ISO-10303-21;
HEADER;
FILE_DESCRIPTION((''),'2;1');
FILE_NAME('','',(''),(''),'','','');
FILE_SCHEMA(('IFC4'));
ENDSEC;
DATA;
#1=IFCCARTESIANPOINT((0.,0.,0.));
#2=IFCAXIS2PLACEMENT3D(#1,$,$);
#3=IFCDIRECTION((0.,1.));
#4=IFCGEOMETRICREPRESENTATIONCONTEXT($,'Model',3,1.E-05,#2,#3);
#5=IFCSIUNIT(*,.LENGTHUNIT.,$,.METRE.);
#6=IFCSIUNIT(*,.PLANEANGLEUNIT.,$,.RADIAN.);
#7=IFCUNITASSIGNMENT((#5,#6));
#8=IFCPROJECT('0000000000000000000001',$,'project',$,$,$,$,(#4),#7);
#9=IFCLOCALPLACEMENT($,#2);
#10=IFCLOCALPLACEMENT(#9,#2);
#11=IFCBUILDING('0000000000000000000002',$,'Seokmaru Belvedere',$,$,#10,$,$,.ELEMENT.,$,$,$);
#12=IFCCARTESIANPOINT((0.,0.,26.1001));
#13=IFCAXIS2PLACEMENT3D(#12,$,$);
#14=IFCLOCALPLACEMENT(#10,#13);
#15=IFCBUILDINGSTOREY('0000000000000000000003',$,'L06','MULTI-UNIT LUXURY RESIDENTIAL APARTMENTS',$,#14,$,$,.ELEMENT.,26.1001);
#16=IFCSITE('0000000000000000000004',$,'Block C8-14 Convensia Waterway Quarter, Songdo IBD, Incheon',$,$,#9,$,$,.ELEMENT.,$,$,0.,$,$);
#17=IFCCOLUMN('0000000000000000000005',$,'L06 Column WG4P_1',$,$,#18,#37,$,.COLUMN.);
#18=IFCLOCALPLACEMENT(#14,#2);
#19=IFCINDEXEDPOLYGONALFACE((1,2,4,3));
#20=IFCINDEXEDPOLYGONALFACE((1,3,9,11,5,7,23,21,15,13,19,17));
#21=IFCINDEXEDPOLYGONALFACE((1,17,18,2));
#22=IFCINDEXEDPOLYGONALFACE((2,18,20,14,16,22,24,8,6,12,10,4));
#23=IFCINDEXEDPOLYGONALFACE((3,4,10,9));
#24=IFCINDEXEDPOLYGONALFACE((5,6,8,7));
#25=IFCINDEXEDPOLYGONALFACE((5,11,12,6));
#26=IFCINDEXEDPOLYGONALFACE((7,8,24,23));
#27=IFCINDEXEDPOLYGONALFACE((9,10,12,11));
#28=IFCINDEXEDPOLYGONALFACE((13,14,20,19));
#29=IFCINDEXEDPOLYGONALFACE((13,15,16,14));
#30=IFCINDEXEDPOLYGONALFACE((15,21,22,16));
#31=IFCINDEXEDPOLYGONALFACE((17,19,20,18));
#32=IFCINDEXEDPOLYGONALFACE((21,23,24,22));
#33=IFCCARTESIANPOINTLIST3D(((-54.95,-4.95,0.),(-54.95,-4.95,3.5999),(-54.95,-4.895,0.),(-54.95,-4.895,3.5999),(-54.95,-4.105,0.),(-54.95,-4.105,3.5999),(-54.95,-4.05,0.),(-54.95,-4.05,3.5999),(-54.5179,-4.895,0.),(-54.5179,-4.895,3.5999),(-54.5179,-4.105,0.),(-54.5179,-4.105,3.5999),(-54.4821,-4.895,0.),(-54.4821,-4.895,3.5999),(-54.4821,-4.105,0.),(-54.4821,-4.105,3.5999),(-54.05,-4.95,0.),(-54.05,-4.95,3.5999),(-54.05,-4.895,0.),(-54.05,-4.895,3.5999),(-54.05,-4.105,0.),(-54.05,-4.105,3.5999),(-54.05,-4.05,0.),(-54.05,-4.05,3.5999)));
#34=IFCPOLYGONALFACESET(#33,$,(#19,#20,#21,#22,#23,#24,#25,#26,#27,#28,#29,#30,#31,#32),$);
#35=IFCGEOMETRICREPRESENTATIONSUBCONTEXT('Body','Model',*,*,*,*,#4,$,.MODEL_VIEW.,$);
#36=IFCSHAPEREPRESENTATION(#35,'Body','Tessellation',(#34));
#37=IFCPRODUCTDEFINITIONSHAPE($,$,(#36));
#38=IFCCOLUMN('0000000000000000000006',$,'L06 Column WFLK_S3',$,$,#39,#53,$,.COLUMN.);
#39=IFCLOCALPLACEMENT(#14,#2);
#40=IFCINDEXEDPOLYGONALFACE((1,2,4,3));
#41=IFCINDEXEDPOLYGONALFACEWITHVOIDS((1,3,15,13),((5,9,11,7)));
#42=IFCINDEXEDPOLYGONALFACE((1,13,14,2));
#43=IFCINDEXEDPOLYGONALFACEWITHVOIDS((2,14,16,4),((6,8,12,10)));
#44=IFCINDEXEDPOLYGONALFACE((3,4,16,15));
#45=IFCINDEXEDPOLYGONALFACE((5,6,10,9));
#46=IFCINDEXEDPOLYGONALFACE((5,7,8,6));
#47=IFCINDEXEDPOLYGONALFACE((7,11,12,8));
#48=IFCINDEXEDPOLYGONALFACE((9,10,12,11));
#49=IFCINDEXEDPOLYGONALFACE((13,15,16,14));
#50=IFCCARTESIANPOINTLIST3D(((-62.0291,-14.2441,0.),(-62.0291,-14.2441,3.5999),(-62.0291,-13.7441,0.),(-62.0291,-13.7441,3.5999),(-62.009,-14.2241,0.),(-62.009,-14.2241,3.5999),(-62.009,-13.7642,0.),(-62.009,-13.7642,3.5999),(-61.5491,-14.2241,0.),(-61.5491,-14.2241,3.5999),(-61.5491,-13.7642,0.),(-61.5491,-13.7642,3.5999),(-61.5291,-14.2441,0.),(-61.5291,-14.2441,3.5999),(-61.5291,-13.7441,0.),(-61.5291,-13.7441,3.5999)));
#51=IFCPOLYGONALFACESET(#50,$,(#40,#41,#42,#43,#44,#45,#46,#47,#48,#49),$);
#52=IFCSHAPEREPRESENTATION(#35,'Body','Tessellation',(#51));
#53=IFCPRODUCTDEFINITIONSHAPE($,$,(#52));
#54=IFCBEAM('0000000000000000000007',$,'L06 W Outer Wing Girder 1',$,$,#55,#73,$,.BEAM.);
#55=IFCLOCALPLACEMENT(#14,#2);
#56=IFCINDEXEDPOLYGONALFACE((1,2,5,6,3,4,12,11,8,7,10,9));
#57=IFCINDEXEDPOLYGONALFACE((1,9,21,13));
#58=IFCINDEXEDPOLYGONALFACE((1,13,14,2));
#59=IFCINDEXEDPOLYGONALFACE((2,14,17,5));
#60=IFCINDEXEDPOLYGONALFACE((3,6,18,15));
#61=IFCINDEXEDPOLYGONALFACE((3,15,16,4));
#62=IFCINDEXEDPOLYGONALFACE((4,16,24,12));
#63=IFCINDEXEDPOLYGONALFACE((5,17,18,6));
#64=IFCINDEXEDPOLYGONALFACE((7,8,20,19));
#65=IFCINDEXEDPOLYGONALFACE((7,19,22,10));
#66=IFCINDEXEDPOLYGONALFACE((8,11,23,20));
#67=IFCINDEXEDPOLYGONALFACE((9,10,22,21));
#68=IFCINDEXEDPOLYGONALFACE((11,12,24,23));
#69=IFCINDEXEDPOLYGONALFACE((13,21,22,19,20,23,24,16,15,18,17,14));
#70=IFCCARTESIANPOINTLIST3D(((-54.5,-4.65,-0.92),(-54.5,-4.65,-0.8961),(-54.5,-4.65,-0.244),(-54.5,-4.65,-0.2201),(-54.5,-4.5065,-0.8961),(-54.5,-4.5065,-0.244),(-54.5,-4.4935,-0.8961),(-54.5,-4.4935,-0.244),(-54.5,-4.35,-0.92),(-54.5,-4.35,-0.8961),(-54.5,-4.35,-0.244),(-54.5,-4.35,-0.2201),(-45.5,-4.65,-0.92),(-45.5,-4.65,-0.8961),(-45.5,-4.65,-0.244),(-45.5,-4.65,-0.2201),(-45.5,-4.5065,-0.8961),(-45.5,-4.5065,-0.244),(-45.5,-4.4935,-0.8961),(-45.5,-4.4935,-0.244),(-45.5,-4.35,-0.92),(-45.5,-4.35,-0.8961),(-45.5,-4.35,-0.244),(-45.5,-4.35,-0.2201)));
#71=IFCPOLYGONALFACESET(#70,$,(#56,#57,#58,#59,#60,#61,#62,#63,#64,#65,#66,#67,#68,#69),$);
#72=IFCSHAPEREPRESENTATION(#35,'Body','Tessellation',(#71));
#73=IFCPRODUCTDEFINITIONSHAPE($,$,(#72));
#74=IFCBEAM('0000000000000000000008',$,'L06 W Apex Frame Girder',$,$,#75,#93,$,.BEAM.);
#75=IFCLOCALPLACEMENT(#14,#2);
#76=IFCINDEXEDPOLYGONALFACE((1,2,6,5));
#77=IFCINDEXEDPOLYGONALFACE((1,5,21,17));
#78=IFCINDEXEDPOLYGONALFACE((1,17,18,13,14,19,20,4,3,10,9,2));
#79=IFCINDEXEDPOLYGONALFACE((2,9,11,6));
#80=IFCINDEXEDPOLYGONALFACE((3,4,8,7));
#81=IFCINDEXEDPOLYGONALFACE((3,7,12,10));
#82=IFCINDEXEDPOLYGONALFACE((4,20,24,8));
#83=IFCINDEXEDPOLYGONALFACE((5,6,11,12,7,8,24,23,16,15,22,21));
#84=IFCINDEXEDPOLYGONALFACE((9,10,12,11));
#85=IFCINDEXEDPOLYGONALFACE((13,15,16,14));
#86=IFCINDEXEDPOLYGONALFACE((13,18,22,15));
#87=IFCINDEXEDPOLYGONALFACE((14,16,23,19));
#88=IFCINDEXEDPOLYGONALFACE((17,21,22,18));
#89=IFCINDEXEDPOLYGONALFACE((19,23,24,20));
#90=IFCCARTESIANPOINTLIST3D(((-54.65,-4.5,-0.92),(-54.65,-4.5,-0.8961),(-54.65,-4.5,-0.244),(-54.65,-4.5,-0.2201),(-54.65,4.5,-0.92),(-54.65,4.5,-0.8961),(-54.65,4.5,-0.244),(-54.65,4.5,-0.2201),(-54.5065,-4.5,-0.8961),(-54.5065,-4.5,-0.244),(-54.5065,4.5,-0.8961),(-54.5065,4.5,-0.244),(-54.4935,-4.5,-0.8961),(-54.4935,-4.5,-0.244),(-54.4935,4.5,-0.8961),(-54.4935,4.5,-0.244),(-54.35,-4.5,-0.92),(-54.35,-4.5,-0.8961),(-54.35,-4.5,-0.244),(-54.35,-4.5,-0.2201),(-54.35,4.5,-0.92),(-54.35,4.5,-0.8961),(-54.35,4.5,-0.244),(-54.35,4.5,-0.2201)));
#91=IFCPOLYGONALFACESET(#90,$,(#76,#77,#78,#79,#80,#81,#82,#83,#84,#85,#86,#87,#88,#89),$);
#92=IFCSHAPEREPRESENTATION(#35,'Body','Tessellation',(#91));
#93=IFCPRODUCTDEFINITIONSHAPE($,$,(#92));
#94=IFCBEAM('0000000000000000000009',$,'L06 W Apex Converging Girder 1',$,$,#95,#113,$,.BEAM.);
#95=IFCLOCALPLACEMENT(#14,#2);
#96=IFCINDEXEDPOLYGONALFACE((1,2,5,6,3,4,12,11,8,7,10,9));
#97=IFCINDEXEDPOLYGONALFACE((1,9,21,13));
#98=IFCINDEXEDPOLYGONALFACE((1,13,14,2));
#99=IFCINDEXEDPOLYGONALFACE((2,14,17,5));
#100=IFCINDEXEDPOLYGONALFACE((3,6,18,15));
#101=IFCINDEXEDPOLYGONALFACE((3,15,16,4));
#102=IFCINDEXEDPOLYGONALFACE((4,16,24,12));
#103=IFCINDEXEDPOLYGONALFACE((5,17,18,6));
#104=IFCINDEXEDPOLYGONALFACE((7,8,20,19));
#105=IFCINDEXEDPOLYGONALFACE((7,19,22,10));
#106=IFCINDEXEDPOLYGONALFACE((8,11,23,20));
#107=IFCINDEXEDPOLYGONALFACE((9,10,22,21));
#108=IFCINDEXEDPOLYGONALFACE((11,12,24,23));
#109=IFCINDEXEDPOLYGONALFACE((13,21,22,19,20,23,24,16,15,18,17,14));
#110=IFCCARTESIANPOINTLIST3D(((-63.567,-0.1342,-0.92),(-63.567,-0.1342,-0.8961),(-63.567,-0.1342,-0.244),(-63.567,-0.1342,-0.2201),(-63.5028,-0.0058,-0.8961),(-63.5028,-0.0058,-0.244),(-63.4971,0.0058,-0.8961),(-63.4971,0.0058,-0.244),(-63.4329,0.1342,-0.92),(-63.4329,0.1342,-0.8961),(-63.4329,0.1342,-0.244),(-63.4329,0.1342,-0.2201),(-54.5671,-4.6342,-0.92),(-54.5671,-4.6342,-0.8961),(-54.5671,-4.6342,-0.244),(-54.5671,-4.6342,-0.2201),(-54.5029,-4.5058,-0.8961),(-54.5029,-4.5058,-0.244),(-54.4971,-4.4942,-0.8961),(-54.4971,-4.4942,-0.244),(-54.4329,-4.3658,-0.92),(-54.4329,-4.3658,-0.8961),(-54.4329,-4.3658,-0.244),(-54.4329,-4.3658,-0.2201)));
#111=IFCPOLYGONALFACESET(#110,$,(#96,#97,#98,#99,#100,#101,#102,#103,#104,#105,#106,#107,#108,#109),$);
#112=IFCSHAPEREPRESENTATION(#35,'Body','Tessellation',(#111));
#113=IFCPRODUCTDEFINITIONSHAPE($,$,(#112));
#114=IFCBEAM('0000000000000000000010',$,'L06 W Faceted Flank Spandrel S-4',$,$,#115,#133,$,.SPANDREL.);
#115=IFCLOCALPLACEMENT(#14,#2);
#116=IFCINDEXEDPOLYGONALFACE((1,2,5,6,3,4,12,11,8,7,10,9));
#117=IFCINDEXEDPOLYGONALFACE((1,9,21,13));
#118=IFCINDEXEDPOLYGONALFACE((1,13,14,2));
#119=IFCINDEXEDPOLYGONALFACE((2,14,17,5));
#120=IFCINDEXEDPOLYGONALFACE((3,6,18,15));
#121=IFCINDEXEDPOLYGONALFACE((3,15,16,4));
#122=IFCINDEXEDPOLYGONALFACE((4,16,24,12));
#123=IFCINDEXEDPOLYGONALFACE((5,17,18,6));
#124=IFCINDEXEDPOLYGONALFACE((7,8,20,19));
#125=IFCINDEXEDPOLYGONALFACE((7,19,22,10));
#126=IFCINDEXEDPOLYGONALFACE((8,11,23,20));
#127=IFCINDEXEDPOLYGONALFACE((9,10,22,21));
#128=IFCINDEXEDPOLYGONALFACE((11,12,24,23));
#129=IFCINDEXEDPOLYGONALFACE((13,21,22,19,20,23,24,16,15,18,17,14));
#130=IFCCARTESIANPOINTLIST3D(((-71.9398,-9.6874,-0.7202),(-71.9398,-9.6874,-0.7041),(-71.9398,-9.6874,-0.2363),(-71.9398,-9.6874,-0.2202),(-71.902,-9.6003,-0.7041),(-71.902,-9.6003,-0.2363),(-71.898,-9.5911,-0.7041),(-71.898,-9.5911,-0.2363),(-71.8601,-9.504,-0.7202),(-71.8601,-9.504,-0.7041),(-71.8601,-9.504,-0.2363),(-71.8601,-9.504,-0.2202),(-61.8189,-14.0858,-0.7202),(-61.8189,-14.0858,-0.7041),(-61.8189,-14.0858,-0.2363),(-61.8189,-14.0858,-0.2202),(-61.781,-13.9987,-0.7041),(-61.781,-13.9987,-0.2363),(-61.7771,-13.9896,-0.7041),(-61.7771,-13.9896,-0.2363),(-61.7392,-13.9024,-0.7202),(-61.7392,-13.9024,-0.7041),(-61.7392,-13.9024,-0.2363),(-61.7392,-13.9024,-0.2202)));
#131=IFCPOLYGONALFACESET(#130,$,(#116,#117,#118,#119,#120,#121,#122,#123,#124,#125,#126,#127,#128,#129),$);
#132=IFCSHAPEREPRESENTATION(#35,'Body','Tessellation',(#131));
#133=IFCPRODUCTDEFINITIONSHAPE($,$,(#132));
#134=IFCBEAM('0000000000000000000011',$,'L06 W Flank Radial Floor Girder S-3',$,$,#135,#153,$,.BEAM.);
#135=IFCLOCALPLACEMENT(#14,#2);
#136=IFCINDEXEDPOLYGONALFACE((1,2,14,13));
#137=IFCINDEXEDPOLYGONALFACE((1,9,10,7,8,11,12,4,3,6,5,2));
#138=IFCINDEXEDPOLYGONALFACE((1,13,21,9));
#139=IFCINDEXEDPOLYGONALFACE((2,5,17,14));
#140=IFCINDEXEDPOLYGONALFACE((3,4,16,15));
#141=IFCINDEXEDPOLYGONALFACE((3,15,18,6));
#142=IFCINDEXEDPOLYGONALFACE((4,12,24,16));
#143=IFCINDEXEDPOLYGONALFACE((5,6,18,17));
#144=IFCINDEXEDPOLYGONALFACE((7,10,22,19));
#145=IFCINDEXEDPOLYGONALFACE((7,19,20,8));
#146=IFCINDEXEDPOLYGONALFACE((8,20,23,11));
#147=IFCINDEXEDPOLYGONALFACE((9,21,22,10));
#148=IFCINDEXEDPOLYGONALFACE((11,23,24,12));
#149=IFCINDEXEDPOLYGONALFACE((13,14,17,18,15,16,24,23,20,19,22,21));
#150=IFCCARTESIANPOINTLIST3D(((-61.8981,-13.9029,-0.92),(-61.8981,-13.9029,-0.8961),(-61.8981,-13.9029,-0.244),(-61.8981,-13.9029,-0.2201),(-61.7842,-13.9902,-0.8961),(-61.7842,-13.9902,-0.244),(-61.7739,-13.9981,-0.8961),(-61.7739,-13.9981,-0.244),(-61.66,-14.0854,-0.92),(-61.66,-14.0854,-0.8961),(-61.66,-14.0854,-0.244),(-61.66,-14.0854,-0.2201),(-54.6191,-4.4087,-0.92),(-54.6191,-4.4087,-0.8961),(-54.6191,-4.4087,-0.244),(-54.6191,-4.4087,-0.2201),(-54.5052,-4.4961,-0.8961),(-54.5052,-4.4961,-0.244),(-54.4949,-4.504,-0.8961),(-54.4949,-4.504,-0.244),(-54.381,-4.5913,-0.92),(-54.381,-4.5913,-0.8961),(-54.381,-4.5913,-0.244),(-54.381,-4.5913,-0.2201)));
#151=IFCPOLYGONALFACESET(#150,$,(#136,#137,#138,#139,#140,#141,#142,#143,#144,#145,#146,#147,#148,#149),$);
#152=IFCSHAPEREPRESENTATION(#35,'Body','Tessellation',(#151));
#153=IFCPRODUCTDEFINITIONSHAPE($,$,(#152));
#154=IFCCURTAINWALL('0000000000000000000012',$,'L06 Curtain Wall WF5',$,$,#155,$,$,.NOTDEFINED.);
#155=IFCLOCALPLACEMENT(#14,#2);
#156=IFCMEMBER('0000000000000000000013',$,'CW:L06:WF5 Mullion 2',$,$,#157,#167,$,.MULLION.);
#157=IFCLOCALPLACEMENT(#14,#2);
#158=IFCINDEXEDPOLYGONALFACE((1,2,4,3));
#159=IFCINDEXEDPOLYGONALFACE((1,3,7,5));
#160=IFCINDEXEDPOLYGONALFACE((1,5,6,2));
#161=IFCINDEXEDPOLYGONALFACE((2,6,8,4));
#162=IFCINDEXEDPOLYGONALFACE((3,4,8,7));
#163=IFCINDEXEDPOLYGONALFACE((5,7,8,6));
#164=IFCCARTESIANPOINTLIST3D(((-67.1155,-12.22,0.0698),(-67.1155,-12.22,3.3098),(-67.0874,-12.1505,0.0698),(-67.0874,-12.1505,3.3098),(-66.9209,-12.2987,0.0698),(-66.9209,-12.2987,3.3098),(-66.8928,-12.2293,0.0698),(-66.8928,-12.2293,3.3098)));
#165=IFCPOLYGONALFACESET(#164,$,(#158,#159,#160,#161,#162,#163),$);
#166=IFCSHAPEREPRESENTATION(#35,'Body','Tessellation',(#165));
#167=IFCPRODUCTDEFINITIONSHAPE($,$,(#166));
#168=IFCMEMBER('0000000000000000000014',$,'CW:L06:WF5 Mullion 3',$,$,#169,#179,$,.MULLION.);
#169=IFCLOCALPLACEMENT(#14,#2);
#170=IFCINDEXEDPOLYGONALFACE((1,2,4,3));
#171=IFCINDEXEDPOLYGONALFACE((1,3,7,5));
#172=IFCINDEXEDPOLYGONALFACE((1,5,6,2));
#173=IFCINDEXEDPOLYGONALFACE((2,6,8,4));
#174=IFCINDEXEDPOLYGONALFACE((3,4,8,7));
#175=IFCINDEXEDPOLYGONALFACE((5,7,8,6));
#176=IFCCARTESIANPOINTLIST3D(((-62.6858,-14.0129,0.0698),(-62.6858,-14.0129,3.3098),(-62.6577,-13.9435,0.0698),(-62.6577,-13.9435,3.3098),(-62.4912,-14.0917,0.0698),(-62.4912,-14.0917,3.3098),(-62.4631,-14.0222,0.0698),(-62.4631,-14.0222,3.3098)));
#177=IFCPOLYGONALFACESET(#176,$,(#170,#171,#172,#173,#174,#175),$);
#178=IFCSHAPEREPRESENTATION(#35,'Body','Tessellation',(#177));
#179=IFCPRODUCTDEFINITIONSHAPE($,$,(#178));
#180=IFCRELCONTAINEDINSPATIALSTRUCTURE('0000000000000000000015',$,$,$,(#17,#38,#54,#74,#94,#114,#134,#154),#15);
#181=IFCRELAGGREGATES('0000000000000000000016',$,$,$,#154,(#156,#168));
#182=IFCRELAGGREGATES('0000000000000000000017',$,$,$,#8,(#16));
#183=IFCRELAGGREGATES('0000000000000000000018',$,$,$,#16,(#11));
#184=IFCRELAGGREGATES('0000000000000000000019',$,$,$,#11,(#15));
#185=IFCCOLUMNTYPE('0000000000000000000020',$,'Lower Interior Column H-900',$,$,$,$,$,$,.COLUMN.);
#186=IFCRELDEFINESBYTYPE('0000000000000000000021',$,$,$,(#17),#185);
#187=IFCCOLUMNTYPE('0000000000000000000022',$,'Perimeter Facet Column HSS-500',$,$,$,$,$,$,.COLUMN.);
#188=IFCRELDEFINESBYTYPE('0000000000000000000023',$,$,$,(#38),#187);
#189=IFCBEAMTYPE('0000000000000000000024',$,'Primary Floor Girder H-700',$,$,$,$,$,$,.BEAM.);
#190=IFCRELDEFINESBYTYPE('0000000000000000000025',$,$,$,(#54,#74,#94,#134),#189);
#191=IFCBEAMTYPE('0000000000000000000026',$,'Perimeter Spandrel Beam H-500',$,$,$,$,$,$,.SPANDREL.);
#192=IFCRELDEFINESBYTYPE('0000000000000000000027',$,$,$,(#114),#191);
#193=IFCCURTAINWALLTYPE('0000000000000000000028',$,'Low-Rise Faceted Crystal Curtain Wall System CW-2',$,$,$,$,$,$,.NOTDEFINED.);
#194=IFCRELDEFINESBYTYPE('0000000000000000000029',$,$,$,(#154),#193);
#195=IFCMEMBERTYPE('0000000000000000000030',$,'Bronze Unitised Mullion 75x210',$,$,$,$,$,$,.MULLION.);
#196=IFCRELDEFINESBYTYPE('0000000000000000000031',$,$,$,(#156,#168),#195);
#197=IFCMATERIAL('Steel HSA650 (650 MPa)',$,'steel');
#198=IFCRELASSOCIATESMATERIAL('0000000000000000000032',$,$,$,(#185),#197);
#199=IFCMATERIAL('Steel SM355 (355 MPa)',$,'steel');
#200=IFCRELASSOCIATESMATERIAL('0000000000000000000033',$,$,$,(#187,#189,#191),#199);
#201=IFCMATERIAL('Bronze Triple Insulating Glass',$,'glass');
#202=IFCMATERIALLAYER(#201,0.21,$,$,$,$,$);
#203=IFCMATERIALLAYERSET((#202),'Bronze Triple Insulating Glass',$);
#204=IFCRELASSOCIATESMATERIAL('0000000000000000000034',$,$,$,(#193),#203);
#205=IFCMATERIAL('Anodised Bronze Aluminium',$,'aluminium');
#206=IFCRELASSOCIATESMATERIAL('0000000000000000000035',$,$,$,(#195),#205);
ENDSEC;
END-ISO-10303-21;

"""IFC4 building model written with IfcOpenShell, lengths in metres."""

from ifc_helpers import new_model, si_unit, direction, frame, origin, origin_2d, place, context, subcontext, project, spatial, rectangle, hollow_rectangle, i_section, extrude, source, transform, mapped, material, layer, layer_set, material_profile, profile_set, type_object, type_shapes, element, aggregate, save


model = new_model("IFC4")

# Units and contexts
model_context = context("Model", 3, precision=1e-05, world=origin(), true_north=direction((0.0, 1.0)))
body_context = subcontext(model_context, "Body", "Model", "MODEL_VIEW")
ifc_project = project(units=[si_unit("LENGTHUNIT", "METRE"), si_unit("PLANEANGLEUNIT", "RADIAN")], contexts=[model_context])

# Site, building, storey
site_placement = place(None, origin())
site = spatial("IfcSite", under=ifc_project, at=site_placement, Name="Block C8-14 Convensia Waterway Quarter, Songdo IBD, Incheon", CompositionType="ELEMENT", RefElevation=0.0)
building_placement = place(site_placement, origin())
building = spatial("IfcBuilding", under=site, at=building_placement, Name="Seokmaru Belvedere", CompositionType="ELEMENT")
storey_placement = place(building_placement, frame((0.0, 0.0, 26.1001)))
storey = spatial("IfcBuildingStorey", under=building, at=storey_placement, Name="L06", Description="MULTI-UNIT LUXURY RESIDENTIAL APARTMENTS", CompositionType="ELEMENT", Elevation=26.1001)

# Columns
ifc_material_1 = material(Name="Steel HSA650 (650 MPa)", Category="steel")
ifc_material_profile_1 = material_profile(ifc_material_1, i_section(OverallWidth=0.8999, OverallDepth=0.8999, WebThickness=0.0359, FlangeThickness=0.0549, at=origin_2d()), Name="H-900x900x36x55")
ifc_profile_set_1 = profile_set([ifc_material_profile_1], Name="Steel HSA650 (650 MPa)")
column_type_1 = type_object("IfcColumnType", Name="Lower Interior Column H-900", PredefinedType="COLUMN", material=ifc_profile_set_1)
shared_shape_1 = source(origin(), body_context, "Body", "SweptSolid", [
    extrude(i_section(OverallWidth=0.8999, OverallDepth=0.8999, WebThickness=0.0359, FlangeThickness=0.0549, at=origin_2d()), origin(), (0.0, 0.0, 1.0), 3.5999),
])
type_shapes(column_type_1, [shared_shape_1])
column_1_placement = place(storey_placement, frame((-54.5, -4.5, 0.0), z_axis=(0.0, 0.0, 1.0), x_axis=(1.0, 0.0, 0.0)))
element("IfcColumn", 1, at=column_1_placement, inside=storey, type_object=column_type_1, Name="L06 Column WG4P_1", PredefinedType="COLUMN", context=body_context, shape_type="MappedRepresentation", body=[
    mapped(shared_shape_1, transform((0.0, 0.0, 0.0), scale=1.0)),
])
ifc_material_2 = material(Name="Steel SM355 (355 MPa)", Category="steel")
ifc_material_profile_2 = material_profile(ifc_material_2, hollow_rectangle(XDim=0.5, YDim=0.5, WallThickness=0.02, at=origin_2d()), Name="HSS-500x500x20")
ifc_profile_set_2 = profile_set([ifc_material_profile_2], Name="Steel SM355 (355 MPa)")
column_type_2 = type_object("IfcColumnType", Name="Perimeter Facet Column HSS-500", PredefinedType="COLUMN", material=ifc_profile_set_2)
shared_shape_2 = source(origin(), body_context, "Body", "SweptSolid", [
    extrude(hollow_rectangle(XDim=0.5, YDim=0.5, WallThickness=0.02, at=origin_2d()), origin(), (0.0, 0.0, 1.0), 3.5999),
])
type_shapes(column_type_2, [shared_shape_2])
column_2_placement = place(storey_placement, frame((-61.7791, -13.9941, 0.0), z_axis=(0.0, 0.0, 1.0), x_axis=(1.0, 0.0, 0.0)))
element("IfcColumn", 2, at=column_2_placement, inside=storey, type_object=column_type_2, Name="L06 Column WFLK_S3", PredefinedType="COLUMN", context=body_context, shape_type="MappedRepresentation", body=[
    mapped(shared_shape_2, transform((0.0, 0.0, 0.0), scale=1.0)),
])

# Beams
ifc_material_profile_3 = material_profile(ifc_material_2, i_section(OverallWidth=0.3, OverallDepth=0.7, WebThickness=0.0129, FlangeThickness=0.0239, at=origin_2d()), Name="H-700x300x13x24")
ifc_profile_set_3 = profile_set([ifc_material_profile_3], Name="Steel SM355 (355 MPa)")
beam_type_1 = type_object("IfcBeamType", Name="Primary Floor Girder H-700", PredefinedType="BEAM", material=ifc_profile_set_3)
shared_shape_3 = source(origin(), body_context, "Body", "SweptSolid", [
    extrude(i_section(OverallWidth=0.3, OverallDepth=0.7, WebThickness=0.0129, FlangeThickness=0.0239, at=origin_2d()), origin(), (0.0, 0.0, 1.0), 9.0),
])
for number, where, z_axis, x_axis, name in (
    (3, (-54.5, -4.5, -0.5701), (1.0, 0.0, 0.0), (0.0, 1.0, 0.0), "L06 W Outer Wing Girder 1"),
    (4, (-54.5, -4.5, -0.5701), (0.0, 1.0, 0.0), (-1.0, 0.0, 0.0), "L06 W Apex Frame Girder"),
):
    element("IfcBeam", number, at=place(storey_placement, frame(where, z_axis=z_axis, x_axis=x_axis)), inside=storey, type_object=beam_type_1, Name=name, PredefinedType="BEAM", context=body_context, shape_type="MappedRepresentation", body=[
        mapped(shared_shape_3, transform((0.0, 0.0, 0.0), scale=1.0)),
    ])
shared_shape_4 = source(origin(), body_context, "Body", "SweptSolid", [
    extrude(i_section(OverallWidth=0.3, OverallDepth=0.7, WebThickness=0.0129, FlangeThickness=0.0239, at=origin_2d()), origin(), (0.0, 0.0, 1.0), 10.0623),
])
beam_1_placement = place(storey_placement, frame((-54.5, -4.5, -0.5701), z_axis=(-0.894427, 0.447214, 0.0), x_axis=(-0.447214, -0.894427, 0.0)))
element("IfcBeam", 5, at=beam_1_placement, inside=storey, type_object=beam_type_1, Name="L06 W Apex Converging Girder 1", PredefinedType="BEAM", context=body_context, shape_type="MappedRepresentation", body=[
    mapped(shared_shape_4, transform((0.0, 0.0, 0.0), scale=1.0)),
])
ifc_material_profile_4 = material_profile(ifc_material_2, i_section(OverallWidth=0.2, OverallDepth=0.5, WebThickness=0.01, FlangeThickness=0.0161, at=origin_2d()), Name="H-500x200x10x16")
ifc_profile_set_4 = profile_set([ifc_material_profile_4], Name="Steel SM355 (355 MPa)")
beam_type_2 = type_object("IfcBeamType", Name="Perimeter Spandrel Beam H-500", PredefinedType="SPANDREL", material=ifc_profile_set_4)
shared_shape_5 = source(origin(), body_context, "Body", "SweptSolid", [
    extrude(i_section(OverallWidth=0.2, OverallDepth=0.5, WebThickness=0.01, FlangeThickness=0.0161, at=origin_2d()), origin(), (0.0, 0.0, 1.0), 11.0354),
])
type_shapes(beam_type_2, [shared_shape_5])
beam_2_placement = place(storey_placement, frame((-61.7791, -13.9941, -0.4702), z_axis=(-0.917134, 0.398579, 0.0), x_axis=(-0.398579, -0.917134, 0.0)))
element("IfcBeam", 6, at=beam_2_placement, inside=storey, type_object=beam_type_2, Name="L06 W Faceted Flank Spandrel S-4", PredefinedType="SPANDREL", context=body_context, shape_type="MappedRepresentation", body=[
    mapped(shared_shape_5, transform((0.0, 0.0, 0.0), scale=1.0)),
])
shared_shape_6 = source(origin(), body_context, "Body", "SweptSolid", [
    extrude(i_section(OverallWidth=0.3, OverallDepth=0.7, WebThickness=0.0129, FlangeThickness=0.0239, at=origin_2d()), origin(), (0.0, 0.0, 1.0), 11.9634),
])
type_shapes(beam_type_1, [shared_shape_3, shared_shape_4, shared_shape_6])
beam_3_placement = place(storey_placement, frame((-61.7791, -13.9941, -0.5701), z_axis=(0.608443, 0.793598, 0.0), x_axis=(-0.793598, 0.608443, 0.0)))
element("IfcBeam", 7, at=beam_3_placement, inside=storey, type_object=beam_type_1, Name="L06 W Flank Radial Floor Girder S-3", PredefinedType="BEAM", context=body_context, shape_type="MappedRepresentation", body=[
    mapped(shared_shape_6, transform((0.0, 0.0, 0.0), scale=1.0)),
])

# Curtain wall, members
ifc_material_3 = material(Name="Bronze Triple Insulating Glass", Category="glass")
ifc_layer_1 = layer(ifc_material_3, 0.21)
ifc_layer_set_1 = layer_set([ifc_layer_1], Name="Bronze Triple Insulating Glass")
curtain_wall_type = type_object("IfcCurtainWallType", Name="Low-Rise Faceted Crystal Curtain Wall System CW-2", PredefinedType="NOTDEFINED", material=ifc_layer_set_1)
curtain_wall_placement = place(storey_placement, origin())
curtain_wall = element("IfcCurtainWall", 8, at=curtain_wall_placement, inside=storey, type_object=curtain_wall_type, Name="L06 Curtain Wall WF5", PredefinedType="NOTDEFINED")
ifc_material_4 = material(Name="Anodised Bronze Aluminium", Category="aluminium")
ifc_material_profile_5 = material_profile(ifc_material_4, rectangle(XDim=0.075, YDim=0.21, at=origin_2d()), Name="CW-M-75x210")
ifc_profile_set_5 = profile_set([ifc_material_profile_5], Name="Anodised Bronze Aluminium")
member_type = type_object("IfcMemberType", Name="Bronze Unitised Mullion 75x210", PredefinedType="MULLION", material=ifc_profile_set_5)
shared_shape_7 = source(origin(), body_context, "Body", "SweptSolid", [
    extrude(rectangle(XDim=0.075, YDim=0.21, at=origin_2d()), origin(), (0.0, 0.0, 1.0), 3.24),
])
type_shapes(member_type, [shared_shape_7])
member_1_placement = place(storey_placement, frame((-67.0042, -12.2246, 0.0698), z_axis=(0.0, 0.0, 1.0), x_axis=(0.375192, 0.926947, 0.0)))
member_1 = element("IfcMember", 9, at=member_1_placement, type_object=member_type, Name="CW:L06:WF5 Mullion 2", PredefinedType="MULLION", context=body_context, shape_type="MappedRepresentation", body=[
    mapped(shared_shape_7, transform((0.0, 0.0, 0.0), scale=1.0)),
])
member_2_placement = place(storey_placement, frame((-62.5745, -14.0176, 0.0698), z_axis=(0.0, 0.0, 1.0), x_axis=(0.375192, 0.926947, 0.0)))
member_2 = element("IfcMember", 10, at=member_2_placement, type_object=member_type, Name="CW:L06:WF5 Mullion 3", PredefinedType="MULLION", context=body_context, shape_type="MappedRepresentation", body=[
    mapped(shared_shape_7, transform((0.0, 0.0, 0.0), scale=1.0)),
])
aggregate(curtain_wall, [member_1, member_2])

save(model, "model.ifc")
